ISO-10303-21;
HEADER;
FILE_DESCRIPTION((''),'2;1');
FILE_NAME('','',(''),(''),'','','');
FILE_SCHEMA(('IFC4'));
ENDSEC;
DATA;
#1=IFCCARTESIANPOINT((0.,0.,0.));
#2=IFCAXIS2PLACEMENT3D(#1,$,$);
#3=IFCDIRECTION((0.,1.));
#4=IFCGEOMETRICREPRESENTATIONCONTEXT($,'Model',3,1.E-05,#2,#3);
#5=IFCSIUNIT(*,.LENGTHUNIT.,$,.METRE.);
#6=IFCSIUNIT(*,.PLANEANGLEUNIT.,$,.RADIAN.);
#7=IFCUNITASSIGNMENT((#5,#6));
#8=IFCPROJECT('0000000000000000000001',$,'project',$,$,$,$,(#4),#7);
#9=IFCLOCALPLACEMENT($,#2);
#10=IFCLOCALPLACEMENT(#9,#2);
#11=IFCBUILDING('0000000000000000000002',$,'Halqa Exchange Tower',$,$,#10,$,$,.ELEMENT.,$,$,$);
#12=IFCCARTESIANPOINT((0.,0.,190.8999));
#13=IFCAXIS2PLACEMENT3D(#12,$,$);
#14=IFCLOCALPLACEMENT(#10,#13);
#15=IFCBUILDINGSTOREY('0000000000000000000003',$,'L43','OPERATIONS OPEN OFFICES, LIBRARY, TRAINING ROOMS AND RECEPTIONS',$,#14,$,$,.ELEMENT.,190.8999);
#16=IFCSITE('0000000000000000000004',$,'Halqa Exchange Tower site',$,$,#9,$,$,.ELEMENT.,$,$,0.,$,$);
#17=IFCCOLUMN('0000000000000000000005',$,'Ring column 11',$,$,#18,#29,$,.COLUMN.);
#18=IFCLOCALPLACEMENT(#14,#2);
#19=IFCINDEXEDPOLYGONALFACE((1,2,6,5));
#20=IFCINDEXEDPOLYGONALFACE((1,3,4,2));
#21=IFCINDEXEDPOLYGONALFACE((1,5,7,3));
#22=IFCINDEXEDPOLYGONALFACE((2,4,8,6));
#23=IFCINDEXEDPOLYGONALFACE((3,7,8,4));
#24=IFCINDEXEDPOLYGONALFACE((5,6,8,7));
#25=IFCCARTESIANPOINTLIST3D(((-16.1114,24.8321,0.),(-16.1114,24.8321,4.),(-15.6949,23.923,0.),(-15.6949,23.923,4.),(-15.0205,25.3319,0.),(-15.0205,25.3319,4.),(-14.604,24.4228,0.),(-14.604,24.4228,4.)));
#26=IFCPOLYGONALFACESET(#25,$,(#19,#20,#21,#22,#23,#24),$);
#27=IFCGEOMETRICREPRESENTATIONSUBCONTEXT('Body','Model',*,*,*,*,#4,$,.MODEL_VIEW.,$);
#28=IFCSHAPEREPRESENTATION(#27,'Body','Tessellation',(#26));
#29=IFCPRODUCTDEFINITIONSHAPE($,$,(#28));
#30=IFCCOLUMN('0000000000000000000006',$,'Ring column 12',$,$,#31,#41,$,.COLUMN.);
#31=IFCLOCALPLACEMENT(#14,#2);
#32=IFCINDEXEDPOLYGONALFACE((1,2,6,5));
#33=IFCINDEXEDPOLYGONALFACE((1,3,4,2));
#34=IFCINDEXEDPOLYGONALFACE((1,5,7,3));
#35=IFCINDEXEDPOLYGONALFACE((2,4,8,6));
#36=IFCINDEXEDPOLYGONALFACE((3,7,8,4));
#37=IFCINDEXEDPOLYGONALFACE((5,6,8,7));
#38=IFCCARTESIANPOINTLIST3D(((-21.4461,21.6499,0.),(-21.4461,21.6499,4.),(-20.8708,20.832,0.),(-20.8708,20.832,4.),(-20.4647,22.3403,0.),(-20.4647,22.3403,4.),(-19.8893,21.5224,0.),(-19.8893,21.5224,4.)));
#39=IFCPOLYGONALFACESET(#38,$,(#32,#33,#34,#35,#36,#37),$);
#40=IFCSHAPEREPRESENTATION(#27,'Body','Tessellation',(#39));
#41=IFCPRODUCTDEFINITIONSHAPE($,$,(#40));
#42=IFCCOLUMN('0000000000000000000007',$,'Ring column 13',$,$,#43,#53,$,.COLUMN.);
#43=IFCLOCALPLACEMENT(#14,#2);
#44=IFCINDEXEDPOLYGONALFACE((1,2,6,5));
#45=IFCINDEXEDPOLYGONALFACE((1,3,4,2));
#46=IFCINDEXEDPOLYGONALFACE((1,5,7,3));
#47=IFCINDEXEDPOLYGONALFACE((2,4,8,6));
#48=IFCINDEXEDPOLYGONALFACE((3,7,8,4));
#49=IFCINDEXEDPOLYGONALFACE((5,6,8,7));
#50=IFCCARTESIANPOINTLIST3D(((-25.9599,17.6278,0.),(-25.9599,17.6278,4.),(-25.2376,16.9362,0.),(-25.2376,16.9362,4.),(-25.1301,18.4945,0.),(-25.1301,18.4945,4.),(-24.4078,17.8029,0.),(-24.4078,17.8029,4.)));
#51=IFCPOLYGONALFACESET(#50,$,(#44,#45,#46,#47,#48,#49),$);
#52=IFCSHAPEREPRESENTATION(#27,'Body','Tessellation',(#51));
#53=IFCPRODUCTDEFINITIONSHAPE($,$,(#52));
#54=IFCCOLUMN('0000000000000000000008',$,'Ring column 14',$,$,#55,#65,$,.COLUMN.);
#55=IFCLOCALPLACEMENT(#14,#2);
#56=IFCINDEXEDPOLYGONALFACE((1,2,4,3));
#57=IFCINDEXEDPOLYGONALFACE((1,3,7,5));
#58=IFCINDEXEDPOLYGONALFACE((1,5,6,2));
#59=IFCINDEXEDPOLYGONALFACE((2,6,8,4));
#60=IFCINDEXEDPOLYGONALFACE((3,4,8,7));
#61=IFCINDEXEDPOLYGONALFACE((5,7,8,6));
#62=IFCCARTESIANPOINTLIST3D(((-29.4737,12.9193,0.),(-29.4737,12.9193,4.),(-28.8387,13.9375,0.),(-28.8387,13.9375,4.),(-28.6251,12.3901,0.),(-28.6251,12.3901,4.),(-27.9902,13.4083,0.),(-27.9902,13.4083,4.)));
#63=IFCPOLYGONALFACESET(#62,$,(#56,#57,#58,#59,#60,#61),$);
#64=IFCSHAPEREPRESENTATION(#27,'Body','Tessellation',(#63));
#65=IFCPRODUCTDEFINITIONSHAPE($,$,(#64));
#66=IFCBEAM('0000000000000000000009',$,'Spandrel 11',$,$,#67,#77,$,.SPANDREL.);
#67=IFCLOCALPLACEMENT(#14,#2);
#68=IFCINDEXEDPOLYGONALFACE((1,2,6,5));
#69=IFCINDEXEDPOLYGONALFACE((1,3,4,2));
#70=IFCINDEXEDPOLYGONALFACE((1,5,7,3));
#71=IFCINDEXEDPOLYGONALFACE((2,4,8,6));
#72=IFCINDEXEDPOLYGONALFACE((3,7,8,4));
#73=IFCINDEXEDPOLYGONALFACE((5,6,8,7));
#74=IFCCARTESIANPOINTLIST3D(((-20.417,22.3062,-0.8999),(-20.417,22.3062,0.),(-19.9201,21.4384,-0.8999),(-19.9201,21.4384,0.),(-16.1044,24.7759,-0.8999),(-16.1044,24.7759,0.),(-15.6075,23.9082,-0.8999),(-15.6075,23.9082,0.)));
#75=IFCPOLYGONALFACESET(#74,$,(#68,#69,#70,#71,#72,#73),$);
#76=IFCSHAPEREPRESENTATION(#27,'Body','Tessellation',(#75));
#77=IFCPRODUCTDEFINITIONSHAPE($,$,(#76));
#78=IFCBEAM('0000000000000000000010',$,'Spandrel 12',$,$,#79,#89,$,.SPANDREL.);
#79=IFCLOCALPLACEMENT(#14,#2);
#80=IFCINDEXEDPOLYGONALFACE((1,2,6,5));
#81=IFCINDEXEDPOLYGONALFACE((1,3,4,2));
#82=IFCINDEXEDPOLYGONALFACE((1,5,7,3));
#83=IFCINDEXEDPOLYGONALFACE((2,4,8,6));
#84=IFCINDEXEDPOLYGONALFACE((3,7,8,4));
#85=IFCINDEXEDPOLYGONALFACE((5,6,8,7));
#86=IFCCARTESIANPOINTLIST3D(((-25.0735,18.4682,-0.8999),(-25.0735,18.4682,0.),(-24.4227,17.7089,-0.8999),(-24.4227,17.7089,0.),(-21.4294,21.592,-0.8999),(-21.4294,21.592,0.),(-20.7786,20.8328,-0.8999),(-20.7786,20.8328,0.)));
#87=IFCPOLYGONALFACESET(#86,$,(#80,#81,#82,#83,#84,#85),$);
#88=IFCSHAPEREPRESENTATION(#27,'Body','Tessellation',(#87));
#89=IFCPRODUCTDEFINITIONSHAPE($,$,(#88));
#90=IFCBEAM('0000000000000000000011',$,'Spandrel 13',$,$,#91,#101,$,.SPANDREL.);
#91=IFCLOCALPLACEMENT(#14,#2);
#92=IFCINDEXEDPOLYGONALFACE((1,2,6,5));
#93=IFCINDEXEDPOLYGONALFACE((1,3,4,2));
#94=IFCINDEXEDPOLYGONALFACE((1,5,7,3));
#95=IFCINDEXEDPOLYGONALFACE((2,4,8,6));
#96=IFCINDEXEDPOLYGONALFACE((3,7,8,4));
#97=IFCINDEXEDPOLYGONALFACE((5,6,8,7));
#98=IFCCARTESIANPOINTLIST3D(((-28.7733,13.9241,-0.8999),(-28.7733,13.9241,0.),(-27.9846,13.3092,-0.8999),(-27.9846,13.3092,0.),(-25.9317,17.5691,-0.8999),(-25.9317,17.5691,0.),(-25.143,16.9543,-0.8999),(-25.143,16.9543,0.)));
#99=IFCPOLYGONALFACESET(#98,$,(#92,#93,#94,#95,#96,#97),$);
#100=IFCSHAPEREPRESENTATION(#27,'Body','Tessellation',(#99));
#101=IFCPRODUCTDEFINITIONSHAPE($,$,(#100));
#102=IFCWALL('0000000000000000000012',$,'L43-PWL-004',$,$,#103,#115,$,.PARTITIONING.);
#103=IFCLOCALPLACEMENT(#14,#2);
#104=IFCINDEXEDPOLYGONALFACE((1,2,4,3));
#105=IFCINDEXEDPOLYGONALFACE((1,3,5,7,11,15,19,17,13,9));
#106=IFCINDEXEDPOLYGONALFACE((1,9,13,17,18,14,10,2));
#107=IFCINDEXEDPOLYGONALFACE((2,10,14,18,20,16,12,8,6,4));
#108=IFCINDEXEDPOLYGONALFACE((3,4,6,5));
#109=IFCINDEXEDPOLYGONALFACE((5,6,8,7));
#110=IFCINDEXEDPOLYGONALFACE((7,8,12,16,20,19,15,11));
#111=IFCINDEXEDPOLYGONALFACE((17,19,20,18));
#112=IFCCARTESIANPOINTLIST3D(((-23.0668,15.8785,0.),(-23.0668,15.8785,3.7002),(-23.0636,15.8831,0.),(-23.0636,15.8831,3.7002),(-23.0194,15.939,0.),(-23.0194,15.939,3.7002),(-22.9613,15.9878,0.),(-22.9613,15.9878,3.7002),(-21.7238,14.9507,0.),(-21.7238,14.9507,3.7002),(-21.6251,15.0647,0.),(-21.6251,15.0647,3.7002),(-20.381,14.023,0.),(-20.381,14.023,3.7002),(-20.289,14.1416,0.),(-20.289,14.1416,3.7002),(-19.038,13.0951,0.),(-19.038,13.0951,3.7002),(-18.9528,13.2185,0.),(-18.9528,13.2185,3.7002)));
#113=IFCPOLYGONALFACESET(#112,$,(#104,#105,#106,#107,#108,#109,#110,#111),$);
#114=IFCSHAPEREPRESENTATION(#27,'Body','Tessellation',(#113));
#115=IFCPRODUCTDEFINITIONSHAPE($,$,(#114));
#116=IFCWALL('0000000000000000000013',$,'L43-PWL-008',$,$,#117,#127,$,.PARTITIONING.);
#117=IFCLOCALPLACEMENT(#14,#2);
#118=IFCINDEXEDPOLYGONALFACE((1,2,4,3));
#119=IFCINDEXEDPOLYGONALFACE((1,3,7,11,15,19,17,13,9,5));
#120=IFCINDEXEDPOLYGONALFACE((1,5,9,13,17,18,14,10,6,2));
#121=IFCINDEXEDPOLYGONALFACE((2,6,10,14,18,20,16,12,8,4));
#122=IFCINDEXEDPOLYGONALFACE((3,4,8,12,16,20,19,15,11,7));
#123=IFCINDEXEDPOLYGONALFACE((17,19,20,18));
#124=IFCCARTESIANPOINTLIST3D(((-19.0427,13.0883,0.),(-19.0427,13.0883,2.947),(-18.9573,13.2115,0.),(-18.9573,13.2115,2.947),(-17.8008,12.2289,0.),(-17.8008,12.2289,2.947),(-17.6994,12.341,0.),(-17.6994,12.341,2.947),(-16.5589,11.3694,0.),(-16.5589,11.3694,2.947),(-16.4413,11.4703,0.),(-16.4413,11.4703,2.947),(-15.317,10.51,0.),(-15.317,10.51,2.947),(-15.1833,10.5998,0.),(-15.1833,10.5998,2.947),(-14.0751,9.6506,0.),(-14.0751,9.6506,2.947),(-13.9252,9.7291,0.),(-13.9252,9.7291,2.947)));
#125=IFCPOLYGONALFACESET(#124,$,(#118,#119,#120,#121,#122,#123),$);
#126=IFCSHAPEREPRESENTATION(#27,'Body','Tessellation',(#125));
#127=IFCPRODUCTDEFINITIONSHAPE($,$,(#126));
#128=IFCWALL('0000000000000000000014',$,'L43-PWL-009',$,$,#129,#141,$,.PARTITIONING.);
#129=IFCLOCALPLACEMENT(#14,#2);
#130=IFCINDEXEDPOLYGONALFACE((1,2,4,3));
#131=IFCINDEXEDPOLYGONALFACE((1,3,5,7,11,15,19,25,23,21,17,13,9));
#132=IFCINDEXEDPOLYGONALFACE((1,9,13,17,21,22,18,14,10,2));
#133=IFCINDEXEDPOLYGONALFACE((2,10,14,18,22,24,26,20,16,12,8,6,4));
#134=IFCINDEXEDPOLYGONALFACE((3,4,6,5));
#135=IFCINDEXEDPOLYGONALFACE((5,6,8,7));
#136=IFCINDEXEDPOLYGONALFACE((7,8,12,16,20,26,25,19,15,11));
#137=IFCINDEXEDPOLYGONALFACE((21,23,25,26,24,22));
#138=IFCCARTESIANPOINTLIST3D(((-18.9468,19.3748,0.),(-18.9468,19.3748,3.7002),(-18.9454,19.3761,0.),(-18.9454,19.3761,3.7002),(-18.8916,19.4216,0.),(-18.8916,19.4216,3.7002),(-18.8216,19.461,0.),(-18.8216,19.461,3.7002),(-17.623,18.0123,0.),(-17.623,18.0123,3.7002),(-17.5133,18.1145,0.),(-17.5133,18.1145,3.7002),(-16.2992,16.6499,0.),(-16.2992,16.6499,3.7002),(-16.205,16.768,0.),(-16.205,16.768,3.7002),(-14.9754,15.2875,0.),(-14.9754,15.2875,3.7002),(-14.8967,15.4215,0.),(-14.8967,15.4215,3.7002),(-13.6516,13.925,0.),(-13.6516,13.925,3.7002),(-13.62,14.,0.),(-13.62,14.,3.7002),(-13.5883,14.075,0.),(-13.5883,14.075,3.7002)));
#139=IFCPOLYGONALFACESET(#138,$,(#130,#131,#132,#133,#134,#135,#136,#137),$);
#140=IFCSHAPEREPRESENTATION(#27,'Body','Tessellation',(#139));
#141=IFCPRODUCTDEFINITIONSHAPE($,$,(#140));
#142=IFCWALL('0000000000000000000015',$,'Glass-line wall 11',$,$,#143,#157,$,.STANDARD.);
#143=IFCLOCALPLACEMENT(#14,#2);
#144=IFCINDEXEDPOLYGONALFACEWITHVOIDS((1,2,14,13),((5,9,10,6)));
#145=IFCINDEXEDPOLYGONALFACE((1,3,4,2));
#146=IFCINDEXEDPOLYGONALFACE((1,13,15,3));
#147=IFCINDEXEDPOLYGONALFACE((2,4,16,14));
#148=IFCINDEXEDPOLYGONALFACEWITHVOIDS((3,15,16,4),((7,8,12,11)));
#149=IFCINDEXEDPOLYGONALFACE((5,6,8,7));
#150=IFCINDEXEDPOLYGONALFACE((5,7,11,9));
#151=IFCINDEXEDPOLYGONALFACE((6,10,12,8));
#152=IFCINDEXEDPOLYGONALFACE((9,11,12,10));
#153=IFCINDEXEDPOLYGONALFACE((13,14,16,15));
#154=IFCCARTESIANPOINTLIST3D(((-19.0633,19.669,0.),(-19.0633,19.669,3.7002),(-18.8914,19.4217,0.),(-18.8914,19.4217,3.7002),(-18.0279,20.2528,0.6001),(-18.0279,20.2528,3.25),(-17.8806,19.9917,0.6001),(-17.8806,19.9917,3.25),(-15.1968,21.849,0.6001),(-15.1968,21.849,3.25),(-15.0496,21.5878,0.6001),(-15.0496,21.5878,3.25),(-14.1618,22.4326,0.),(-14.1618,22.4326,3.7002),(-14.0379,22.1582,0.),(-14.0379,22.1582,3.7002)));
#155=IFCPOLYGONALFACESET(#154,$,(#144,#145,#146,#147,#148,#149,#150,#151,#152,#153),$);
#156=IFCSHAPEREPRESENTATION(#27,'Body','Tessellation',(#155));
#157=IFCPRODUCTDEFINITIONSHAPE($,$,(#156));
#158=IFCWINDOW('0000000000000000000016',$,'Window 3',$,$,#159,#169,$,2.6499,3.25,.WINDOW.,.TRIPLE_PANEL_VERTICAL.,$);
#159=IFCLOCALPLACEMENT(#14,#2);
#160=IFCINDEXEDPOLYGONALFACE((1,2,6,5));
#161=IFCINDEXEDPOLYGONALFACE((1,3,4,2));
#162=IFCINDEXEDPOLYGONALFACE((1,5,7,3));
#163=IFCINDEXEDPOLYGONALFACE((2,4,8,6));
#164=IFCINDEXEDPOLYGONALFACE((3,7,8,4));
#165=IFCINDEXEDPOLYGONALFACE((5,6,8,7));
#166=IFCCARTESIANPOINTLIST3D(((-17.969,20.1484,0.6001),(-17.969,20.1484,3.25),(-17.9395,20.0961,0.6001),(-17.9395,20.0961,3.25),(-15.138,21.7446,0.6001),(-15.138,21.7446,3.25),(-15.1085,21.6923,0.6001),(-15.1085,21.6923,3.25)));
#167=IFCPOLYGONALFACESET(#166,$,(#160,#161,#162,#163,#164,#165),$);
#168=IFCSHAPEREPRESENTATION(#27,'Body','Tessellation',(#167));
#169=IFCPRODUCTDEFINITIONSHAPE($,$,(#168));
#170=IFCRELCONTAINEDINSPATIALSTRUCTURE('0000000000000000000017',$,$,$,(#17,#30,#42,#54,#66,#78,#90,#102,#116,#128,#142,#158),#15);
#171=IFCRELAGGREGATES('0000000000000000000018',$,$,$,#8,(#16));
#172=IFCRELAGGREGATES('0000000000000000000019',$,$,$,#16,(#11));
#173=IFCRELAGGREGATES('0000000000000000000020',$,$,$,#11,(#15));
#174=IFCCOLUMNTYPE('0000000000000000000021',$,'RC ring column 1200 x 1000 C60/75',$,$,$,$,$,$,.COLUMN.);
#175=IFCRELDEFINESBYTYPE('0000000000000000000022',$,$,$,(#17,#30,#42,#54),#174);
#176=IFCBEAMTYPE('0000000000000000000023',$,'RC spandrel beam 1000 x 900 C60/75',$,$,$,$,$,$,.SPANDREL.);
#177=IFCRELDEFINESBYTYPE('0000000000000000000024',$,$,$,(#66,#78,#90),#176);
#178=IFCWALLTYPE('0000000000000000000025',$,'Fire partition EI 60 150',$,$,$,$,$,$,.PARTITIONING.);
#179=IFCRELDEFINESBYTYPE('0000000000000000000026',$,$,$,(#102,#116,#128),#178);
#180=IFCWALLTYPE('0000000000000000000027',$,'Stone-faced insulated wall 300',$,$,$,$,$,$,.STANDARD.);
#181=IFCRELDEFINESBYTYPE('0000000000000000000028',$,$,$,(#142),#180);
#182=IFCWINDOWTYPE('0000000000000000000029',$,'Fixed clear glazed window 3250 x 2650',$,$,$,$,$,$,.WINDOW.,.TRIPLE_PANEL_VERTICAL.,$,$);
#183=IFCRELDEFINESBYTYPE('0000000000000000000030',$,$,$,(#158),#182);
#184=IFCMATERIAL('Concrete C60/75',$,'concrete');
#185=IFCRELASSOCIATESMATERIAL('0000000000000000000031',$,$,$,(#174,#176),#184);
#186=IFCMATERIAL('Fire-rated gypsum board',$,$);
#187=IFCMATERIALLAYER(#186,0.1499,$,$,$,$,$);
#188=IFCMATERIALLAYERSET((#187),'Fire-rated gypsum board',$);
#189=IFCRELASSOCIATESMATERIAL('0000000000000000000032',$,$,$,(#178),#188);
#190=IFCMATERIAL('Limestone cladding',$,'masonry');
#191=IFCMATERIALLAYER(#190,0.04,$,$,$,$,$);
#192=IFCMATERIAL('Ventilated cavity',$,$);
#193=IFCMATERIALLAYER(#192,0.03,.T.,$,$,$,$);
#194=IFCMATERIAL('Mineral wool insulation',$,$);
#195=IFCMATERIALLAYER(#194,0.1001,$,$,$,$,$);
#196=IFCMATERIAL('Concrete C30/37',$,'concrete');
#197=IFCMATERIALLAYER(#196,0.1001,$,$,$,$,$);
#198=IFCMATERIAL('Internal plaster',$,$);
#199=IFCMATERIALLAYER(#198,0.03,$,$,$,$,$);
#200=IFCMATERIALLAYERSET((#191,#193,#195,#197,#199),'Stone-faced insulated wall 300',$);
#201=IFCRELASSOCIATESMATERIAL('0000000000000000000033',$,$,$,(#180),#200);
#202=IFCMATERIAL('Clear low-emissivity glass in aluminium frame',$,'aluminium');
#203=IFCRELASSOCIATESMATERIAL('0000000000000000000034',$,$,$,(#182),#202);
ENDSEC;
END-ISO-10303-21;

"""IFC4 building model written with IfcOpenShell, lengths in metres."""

from ifc_helpers import new_model, si_unit, direction, frame, frame_2d, origin, origin_2d, place, context, subcontext, project, spatial, polyline, rectangle, outline, extrude, material, layer, layer_set, material_profile, profile_set, type_object, element, fill, save


model = new_model("IFC4")

# Units and contexts
model_context = context("Model", 3, precision=1e-05, world=origin(), true_north=direction((0.0, 1.0)))
body_context = subcontext(model_context, "Body", "Model", "MODEL_VIEW")
ifc_project = project(units=[si_unit("LENGTHUNIT", "METRE"), si_unit("PLANEANGLEUNIT", "RADIAN")], contexts=[model_context])

# Site, building, storey
site_placement = place(None, origin())
site = spatial("IfcSite", under=ifc_project, at=site_placement, Name="Halqa Exchange Tower site", CompositionType="ELEMENT", RefElevation=0.0)
building_placement = place(site_placement, origin())
building = spatial("IfcBuilding", under=site, at=building_placement, Name="Halqa Exchange Tower", CompositionType="ELEMENT")
storey_placement = place(building_placement, frame((0.0, 0.0, 190.8999)))
storey = spatial("IfcBuildingStorey", under=building, at=storey_placement, Name="L43", Description="OPERATIONS OPEN OFFICES, LIBRARY, TRAINING ROOMS AND RECEPTIONS", CompositionType="ELEMENT", Elevation=190.8999)

# Columns
ifc_material_1 = material(Name="Concrete C60/75", Category="concrete")
ifc_material_profile_1 = material_profile(ifc_material_1, rectangle(XDim=1.2, YDim=1.0, at=origin_2d()), Name="1200 x 1000")
ifc_profile_set_1 = profile_set([ifc_material_profile_1], Name="Concrete C60/75")
column_type = type_object("IfcColumnType", Name="RC ring column 1200 x 1000 C60/75", PredefinedType="COLUMN", material=ifc_profile_set_1)
for number, where, z_axis, x_axis, name in (
    (1, (-15.3577, 24.6274, 0.0), (0.0, 0.0, 1.0), (-0.909126, -0.416522, 0.0), "Ring column 11"),
    (2, (-20.6677, 21.5862, 0.0), (0.0, 0.0, 1.0), (-0.817906, -0.575352, 0.0), "Ring column 12"),
    (3, (-25.1838, 17.7153, 0.0), (0.0, 0.0, 1.0), (-0.691576, -0.722304, 0.0), "Ring column 13"),
    (4, (-28.7319, 13.1638, 0.0), (0.0, 0.0, 1.0), (-0.529145, -0.848531, 0.0), "Ring column 14"),
):
    element("IfcColumn", number, at=place(storey_placement, frame(where, z_axis=z_axis, x_axis=x_axis)), inside=storey, type_object=column_type, Name=name, PredefinedType="COLUMN", context=body_context, shape_type="SweptSolid", body=[
        extrude(rectangle(XDim=1.2, YDim=1.0, at=origin_2d()), origin(), (0.0, 0.0, 1.0), 4.0),
    ])

# Beams
ifc_material_profile_2 = material_profile(ifc_material_1, rectangle(XDim=1.0, YDim=0.8999, at=origin_2d()), Name="1000 x 900")
ifc_profile_set_2 = profile_set([ifc_material_profile_2], Name="Concrete C60/75")
beam_type = type_object("IfcBeamType", Name="RC spandrel beam 1000 x 900 C60/75", PredefinedType="SPANDREL", material=ifc_profile_set_2)
beam_1_placement = place(storey_placement, frame((-15.856, 24.342, -0.45), z_axis=(-0.867771, -0.496964, 0.0), x_axis=(0.496964, -0.867771, 0.0)))
element("IfcBeam", 5, at=beam_1_placement, inside=storey, type_object=beam_type, Name="Spandrel 11", PredefinedType="SPANDREL", context=body_context, shape_type="SweptSolid", body=[
    extrude(rectangle(XDim=1.0, YDim=0.8999, at=origin_2d()), origin(), (0.0, 0.0, 1.0), 4.9697),
])
beam_2_placement = place(storey_placement, frame((-21.104, 21.2124, -0.45), z_axis=(-0.759224, -0.650829, 0.0), x_axis=(0.650829, -0.759224, 0.0)))
element("IfcBeam", 6, at=beam_2_placement, inside=storey, type_object=beam_type, Name="Spandrel 12", PredefinedType="SPANDREL", context=body_context, shape_type="SweptSolid", body=[
    extrude(rectangle(XDim=1.0, YDim=0.8999, at=origin_2d()), origin(), (0.0, 0.0, 1.0), 4.7998),
])
beam_3_placement = place(storey_placement, frame((-25.5374, 17.2617, -0.45), z_axis=(-0.614822, -0.788666, 0.0), x_axis=(0.788666, -0.614822, 0.0)))
element("IfcBeam", 7, at=beam_3_placement, inside=storey, type_object=beam_type, Name="Spandrel 13", PredefinedType="SPANDREL", context=body_context, shape_type="SweptSolid", body=[
    extrude(rectangle(XDim=1.0, YDim=0.8999, at=origin_2d()), origin(), (0.0, 0.0, 1.0), 4.6218),
])

# Walls
ifc_material_2 = material(Name="Fire-rated gypsum board")
ifc_layer_1 = layer(ifc_material_2, 0.1499)
ifc_layer_set_1 = layer_set([ifc_layer_1], Name="Fire-rated gypsum board")
wall_type_1 = type_object("IfcWallType", Name="Fire partition EI 60 150", PredefinedType="PARTITIONING", material=ifc_layer_set_1)
wall_1_placement = place(storey_placement, frame((-23.0242, 15.9402, 0.0), z_axis=(0.0, 0.0, 1.0), x_axis=(0.822739, -0.568419, 0.0)))
element("IfcWall", 8, at=wall_1_placement, inside=storey, type_object=wall_type_1, Name="L43-PWL-004", PredefinedType="PARTITIONING", context=body_context, shape_type="SweptSolid", body=[
    extrude(outline(polyline([(4.8967, 0.075), (3.2727, 0.075), (1.6487, 0.075), (0.0247, 0.075), (0.0046, 0.0017), (0.0, -0.0693), (0.0, -0.075), (1.6323, -0.075), (3.2644, -0.075), (4.8967, -0.075), (4.8967, 0.075)])), origin(), (0.0, 0.0, 1.0), 3.7002),
])
wall_2_placement = place(storey_placement, frame((-19.0, 13.1499, 0.0), z_axis=(0.0, 0.0, 1.0), x_axis=(0.822301, -0.569052, 0.0)))
element("IfcWall", 9, at=wall_2_placement, inside=storey, type_object=wall_type_1, Name="L43-PWL-008", PredefinedType="PARTITIONING", context=body_context, shape_type="SweptSolid", body=[
    extrude(outline(polyline([(0.0, -0.075), (1.5103, -0.075), (3.0205, -0.075), (4.5308, -0.075), (6.041, -0.075), (6.1196, 0.075), (4.5896, 0.075), (3.0598, 0.075), (1.5298, 0.075), (0.0, 0.075), (0.0, -0.075)])), origin(), (0.0, 0.0, 1.0), 2.947),
])
wall_3_placement = place(storey_placement, frame((-18.8931, 19.427, 0.0), z_axis=(0.0, 0.0, 1.0), x_axis=(0.696865, -0.717203, 0.0)))
element("IfcWall", 10, at=wall_3_placement, inside=storey, type_object=wall_type_1, Name="L43-PWL-009", PredefinedType="PARTITIONING", context=body_context, shape_type="SweptSolid", body=[
    extrude(outline(polyline([(0.0, -0.075), (1.8997, -0.075), (3.7993, -0.075), (5.699, -0.075), (7.5986, -0.075), (7.5669, 0.0), (7.5352, 0.075), (5.6577, 0.075), (3.7803, 0.075), (1.9028, 0.075), (0.0254, 0.075), (0.0049, -0.0027), (0.0, -0.073), (0.0, -0.075)])), origin(), (0.0, 0.0, 1.0), 3.7002),
])

# Wall, opening, window
ifc_material_3 = material(Name="Limestone cladding", Category="masonry")
ifc_layer_2 = layer(ifc_material_3, 0.04)
ifc_material_4 = material(Name="Ventilated cavity")
ifc_layer_3 = layer(ifc_material_4, 0.03, ventilated=True)
ifc_material_5 = material(Name="Mineral wool insulation")
ifc_layer_4 = layer(ifc_material_5, 0.1001)
ifc_material_6 = material(Name="Concrete C30/37", Category="concrete")
ifc_layer_5 = layer(ifc_material_6, 0.1001)
ifc_material_7 = material(Name="Internal plaster")
ifc_layer_6 = layer(ifc_material_7, 0.03)
ifc_layer_set_2 = layer_set([ifc_layer_2, ifc_layer_3, ifc_layer_4, ifc_layer_5, ifc_layer_6], Name="Stone-faced insulated wall 300")
wall_type_2 = type_object("IfcWallType", Name="Stone-faced insulated wall 300", PredefinedType="STANDARD", material=ifc_layer_set_2)
wall_4_placement = place(storey_placement, frame((-14.0999, 22.2954, 0.0), z_axis=(0.0, 0.0, 1.0), x_axis=(-0.871084, -0.491135, 0.0)))
wall_4 = element("IfcWall", 11, at=wall_4_placement, inside=storey, type_object=wall_type_2, Name="Glass-line wall 11", PredefinedType="STANDARD", context=body_context, shape_type="SweptSolid", body=[
    extrude(outline(polyline([(-0.0134, -0.1499), (5.6135, -0.1499), (5.5852, 0.1499), (0.0134, 0.1499), (-0.0134, -0.1499)])), origin(), (0.0, 0.0, 1.0), 3.7002),
])
opening_1_placement = place(wall_4_placement, frame((1.1748, 0.0, 0.6001)))
opening_1 = element("IfcOpeningElement", 12, at=opening_1_placement, cuts=wall_4, PredefinedType="OPENING", context=body_context, shape_type="SweptSolid", body=[
    extrude(rectangle(XDim=3.25, YDim=2.6499, at=frame_2d((1.625, 1.325))), frame((0.0, 0.1621, 0.0), z_axis=(0.0, -1.0, 0.0), x_axis=(1.0, 0.0, 0.0)), (0.0, 0.0, 1.0), 0.324),
])
ifc_material_8 = material(Name="Clear low-emissivity glass in aluminium frame", Category="aluminium")
window_type = type_object("IfcWindowType", Name="Fixed clear glazed window 3250 x 2650", PartitioningType="TRIPLE_PANEL_VERTICAL", PredefinedType="WINDOW", material=ifc_material_8)
window_1_placement = place(opening_1_placement, origin())
window_1 = element("IfcWindow", 13, at=window_1_placement, inside=storey, type_object=window_type, Name="Window 3", OverallHeight=2.6499, OverallWidth=3.25, PartitioningType="TRIPLE_PANEL_VERTICAL", PredefinedType="WINDOW", context=body_context, shape_type="SweptSolid", body=[
    extrude(rectangle(XDim=3.25, YDim=2.6499, at=frame_2d((1.625, 1.325))), frame((0.0, 0.03, 0.0), z_axis=(0.0, -1.0, 0.0), x_axis=(1.0, 0.0, 0.0)), (0.0, 0.0, 1.0), 0.0601),
])
fill(opening_1, window_1)

save(model, "model.ifc")
